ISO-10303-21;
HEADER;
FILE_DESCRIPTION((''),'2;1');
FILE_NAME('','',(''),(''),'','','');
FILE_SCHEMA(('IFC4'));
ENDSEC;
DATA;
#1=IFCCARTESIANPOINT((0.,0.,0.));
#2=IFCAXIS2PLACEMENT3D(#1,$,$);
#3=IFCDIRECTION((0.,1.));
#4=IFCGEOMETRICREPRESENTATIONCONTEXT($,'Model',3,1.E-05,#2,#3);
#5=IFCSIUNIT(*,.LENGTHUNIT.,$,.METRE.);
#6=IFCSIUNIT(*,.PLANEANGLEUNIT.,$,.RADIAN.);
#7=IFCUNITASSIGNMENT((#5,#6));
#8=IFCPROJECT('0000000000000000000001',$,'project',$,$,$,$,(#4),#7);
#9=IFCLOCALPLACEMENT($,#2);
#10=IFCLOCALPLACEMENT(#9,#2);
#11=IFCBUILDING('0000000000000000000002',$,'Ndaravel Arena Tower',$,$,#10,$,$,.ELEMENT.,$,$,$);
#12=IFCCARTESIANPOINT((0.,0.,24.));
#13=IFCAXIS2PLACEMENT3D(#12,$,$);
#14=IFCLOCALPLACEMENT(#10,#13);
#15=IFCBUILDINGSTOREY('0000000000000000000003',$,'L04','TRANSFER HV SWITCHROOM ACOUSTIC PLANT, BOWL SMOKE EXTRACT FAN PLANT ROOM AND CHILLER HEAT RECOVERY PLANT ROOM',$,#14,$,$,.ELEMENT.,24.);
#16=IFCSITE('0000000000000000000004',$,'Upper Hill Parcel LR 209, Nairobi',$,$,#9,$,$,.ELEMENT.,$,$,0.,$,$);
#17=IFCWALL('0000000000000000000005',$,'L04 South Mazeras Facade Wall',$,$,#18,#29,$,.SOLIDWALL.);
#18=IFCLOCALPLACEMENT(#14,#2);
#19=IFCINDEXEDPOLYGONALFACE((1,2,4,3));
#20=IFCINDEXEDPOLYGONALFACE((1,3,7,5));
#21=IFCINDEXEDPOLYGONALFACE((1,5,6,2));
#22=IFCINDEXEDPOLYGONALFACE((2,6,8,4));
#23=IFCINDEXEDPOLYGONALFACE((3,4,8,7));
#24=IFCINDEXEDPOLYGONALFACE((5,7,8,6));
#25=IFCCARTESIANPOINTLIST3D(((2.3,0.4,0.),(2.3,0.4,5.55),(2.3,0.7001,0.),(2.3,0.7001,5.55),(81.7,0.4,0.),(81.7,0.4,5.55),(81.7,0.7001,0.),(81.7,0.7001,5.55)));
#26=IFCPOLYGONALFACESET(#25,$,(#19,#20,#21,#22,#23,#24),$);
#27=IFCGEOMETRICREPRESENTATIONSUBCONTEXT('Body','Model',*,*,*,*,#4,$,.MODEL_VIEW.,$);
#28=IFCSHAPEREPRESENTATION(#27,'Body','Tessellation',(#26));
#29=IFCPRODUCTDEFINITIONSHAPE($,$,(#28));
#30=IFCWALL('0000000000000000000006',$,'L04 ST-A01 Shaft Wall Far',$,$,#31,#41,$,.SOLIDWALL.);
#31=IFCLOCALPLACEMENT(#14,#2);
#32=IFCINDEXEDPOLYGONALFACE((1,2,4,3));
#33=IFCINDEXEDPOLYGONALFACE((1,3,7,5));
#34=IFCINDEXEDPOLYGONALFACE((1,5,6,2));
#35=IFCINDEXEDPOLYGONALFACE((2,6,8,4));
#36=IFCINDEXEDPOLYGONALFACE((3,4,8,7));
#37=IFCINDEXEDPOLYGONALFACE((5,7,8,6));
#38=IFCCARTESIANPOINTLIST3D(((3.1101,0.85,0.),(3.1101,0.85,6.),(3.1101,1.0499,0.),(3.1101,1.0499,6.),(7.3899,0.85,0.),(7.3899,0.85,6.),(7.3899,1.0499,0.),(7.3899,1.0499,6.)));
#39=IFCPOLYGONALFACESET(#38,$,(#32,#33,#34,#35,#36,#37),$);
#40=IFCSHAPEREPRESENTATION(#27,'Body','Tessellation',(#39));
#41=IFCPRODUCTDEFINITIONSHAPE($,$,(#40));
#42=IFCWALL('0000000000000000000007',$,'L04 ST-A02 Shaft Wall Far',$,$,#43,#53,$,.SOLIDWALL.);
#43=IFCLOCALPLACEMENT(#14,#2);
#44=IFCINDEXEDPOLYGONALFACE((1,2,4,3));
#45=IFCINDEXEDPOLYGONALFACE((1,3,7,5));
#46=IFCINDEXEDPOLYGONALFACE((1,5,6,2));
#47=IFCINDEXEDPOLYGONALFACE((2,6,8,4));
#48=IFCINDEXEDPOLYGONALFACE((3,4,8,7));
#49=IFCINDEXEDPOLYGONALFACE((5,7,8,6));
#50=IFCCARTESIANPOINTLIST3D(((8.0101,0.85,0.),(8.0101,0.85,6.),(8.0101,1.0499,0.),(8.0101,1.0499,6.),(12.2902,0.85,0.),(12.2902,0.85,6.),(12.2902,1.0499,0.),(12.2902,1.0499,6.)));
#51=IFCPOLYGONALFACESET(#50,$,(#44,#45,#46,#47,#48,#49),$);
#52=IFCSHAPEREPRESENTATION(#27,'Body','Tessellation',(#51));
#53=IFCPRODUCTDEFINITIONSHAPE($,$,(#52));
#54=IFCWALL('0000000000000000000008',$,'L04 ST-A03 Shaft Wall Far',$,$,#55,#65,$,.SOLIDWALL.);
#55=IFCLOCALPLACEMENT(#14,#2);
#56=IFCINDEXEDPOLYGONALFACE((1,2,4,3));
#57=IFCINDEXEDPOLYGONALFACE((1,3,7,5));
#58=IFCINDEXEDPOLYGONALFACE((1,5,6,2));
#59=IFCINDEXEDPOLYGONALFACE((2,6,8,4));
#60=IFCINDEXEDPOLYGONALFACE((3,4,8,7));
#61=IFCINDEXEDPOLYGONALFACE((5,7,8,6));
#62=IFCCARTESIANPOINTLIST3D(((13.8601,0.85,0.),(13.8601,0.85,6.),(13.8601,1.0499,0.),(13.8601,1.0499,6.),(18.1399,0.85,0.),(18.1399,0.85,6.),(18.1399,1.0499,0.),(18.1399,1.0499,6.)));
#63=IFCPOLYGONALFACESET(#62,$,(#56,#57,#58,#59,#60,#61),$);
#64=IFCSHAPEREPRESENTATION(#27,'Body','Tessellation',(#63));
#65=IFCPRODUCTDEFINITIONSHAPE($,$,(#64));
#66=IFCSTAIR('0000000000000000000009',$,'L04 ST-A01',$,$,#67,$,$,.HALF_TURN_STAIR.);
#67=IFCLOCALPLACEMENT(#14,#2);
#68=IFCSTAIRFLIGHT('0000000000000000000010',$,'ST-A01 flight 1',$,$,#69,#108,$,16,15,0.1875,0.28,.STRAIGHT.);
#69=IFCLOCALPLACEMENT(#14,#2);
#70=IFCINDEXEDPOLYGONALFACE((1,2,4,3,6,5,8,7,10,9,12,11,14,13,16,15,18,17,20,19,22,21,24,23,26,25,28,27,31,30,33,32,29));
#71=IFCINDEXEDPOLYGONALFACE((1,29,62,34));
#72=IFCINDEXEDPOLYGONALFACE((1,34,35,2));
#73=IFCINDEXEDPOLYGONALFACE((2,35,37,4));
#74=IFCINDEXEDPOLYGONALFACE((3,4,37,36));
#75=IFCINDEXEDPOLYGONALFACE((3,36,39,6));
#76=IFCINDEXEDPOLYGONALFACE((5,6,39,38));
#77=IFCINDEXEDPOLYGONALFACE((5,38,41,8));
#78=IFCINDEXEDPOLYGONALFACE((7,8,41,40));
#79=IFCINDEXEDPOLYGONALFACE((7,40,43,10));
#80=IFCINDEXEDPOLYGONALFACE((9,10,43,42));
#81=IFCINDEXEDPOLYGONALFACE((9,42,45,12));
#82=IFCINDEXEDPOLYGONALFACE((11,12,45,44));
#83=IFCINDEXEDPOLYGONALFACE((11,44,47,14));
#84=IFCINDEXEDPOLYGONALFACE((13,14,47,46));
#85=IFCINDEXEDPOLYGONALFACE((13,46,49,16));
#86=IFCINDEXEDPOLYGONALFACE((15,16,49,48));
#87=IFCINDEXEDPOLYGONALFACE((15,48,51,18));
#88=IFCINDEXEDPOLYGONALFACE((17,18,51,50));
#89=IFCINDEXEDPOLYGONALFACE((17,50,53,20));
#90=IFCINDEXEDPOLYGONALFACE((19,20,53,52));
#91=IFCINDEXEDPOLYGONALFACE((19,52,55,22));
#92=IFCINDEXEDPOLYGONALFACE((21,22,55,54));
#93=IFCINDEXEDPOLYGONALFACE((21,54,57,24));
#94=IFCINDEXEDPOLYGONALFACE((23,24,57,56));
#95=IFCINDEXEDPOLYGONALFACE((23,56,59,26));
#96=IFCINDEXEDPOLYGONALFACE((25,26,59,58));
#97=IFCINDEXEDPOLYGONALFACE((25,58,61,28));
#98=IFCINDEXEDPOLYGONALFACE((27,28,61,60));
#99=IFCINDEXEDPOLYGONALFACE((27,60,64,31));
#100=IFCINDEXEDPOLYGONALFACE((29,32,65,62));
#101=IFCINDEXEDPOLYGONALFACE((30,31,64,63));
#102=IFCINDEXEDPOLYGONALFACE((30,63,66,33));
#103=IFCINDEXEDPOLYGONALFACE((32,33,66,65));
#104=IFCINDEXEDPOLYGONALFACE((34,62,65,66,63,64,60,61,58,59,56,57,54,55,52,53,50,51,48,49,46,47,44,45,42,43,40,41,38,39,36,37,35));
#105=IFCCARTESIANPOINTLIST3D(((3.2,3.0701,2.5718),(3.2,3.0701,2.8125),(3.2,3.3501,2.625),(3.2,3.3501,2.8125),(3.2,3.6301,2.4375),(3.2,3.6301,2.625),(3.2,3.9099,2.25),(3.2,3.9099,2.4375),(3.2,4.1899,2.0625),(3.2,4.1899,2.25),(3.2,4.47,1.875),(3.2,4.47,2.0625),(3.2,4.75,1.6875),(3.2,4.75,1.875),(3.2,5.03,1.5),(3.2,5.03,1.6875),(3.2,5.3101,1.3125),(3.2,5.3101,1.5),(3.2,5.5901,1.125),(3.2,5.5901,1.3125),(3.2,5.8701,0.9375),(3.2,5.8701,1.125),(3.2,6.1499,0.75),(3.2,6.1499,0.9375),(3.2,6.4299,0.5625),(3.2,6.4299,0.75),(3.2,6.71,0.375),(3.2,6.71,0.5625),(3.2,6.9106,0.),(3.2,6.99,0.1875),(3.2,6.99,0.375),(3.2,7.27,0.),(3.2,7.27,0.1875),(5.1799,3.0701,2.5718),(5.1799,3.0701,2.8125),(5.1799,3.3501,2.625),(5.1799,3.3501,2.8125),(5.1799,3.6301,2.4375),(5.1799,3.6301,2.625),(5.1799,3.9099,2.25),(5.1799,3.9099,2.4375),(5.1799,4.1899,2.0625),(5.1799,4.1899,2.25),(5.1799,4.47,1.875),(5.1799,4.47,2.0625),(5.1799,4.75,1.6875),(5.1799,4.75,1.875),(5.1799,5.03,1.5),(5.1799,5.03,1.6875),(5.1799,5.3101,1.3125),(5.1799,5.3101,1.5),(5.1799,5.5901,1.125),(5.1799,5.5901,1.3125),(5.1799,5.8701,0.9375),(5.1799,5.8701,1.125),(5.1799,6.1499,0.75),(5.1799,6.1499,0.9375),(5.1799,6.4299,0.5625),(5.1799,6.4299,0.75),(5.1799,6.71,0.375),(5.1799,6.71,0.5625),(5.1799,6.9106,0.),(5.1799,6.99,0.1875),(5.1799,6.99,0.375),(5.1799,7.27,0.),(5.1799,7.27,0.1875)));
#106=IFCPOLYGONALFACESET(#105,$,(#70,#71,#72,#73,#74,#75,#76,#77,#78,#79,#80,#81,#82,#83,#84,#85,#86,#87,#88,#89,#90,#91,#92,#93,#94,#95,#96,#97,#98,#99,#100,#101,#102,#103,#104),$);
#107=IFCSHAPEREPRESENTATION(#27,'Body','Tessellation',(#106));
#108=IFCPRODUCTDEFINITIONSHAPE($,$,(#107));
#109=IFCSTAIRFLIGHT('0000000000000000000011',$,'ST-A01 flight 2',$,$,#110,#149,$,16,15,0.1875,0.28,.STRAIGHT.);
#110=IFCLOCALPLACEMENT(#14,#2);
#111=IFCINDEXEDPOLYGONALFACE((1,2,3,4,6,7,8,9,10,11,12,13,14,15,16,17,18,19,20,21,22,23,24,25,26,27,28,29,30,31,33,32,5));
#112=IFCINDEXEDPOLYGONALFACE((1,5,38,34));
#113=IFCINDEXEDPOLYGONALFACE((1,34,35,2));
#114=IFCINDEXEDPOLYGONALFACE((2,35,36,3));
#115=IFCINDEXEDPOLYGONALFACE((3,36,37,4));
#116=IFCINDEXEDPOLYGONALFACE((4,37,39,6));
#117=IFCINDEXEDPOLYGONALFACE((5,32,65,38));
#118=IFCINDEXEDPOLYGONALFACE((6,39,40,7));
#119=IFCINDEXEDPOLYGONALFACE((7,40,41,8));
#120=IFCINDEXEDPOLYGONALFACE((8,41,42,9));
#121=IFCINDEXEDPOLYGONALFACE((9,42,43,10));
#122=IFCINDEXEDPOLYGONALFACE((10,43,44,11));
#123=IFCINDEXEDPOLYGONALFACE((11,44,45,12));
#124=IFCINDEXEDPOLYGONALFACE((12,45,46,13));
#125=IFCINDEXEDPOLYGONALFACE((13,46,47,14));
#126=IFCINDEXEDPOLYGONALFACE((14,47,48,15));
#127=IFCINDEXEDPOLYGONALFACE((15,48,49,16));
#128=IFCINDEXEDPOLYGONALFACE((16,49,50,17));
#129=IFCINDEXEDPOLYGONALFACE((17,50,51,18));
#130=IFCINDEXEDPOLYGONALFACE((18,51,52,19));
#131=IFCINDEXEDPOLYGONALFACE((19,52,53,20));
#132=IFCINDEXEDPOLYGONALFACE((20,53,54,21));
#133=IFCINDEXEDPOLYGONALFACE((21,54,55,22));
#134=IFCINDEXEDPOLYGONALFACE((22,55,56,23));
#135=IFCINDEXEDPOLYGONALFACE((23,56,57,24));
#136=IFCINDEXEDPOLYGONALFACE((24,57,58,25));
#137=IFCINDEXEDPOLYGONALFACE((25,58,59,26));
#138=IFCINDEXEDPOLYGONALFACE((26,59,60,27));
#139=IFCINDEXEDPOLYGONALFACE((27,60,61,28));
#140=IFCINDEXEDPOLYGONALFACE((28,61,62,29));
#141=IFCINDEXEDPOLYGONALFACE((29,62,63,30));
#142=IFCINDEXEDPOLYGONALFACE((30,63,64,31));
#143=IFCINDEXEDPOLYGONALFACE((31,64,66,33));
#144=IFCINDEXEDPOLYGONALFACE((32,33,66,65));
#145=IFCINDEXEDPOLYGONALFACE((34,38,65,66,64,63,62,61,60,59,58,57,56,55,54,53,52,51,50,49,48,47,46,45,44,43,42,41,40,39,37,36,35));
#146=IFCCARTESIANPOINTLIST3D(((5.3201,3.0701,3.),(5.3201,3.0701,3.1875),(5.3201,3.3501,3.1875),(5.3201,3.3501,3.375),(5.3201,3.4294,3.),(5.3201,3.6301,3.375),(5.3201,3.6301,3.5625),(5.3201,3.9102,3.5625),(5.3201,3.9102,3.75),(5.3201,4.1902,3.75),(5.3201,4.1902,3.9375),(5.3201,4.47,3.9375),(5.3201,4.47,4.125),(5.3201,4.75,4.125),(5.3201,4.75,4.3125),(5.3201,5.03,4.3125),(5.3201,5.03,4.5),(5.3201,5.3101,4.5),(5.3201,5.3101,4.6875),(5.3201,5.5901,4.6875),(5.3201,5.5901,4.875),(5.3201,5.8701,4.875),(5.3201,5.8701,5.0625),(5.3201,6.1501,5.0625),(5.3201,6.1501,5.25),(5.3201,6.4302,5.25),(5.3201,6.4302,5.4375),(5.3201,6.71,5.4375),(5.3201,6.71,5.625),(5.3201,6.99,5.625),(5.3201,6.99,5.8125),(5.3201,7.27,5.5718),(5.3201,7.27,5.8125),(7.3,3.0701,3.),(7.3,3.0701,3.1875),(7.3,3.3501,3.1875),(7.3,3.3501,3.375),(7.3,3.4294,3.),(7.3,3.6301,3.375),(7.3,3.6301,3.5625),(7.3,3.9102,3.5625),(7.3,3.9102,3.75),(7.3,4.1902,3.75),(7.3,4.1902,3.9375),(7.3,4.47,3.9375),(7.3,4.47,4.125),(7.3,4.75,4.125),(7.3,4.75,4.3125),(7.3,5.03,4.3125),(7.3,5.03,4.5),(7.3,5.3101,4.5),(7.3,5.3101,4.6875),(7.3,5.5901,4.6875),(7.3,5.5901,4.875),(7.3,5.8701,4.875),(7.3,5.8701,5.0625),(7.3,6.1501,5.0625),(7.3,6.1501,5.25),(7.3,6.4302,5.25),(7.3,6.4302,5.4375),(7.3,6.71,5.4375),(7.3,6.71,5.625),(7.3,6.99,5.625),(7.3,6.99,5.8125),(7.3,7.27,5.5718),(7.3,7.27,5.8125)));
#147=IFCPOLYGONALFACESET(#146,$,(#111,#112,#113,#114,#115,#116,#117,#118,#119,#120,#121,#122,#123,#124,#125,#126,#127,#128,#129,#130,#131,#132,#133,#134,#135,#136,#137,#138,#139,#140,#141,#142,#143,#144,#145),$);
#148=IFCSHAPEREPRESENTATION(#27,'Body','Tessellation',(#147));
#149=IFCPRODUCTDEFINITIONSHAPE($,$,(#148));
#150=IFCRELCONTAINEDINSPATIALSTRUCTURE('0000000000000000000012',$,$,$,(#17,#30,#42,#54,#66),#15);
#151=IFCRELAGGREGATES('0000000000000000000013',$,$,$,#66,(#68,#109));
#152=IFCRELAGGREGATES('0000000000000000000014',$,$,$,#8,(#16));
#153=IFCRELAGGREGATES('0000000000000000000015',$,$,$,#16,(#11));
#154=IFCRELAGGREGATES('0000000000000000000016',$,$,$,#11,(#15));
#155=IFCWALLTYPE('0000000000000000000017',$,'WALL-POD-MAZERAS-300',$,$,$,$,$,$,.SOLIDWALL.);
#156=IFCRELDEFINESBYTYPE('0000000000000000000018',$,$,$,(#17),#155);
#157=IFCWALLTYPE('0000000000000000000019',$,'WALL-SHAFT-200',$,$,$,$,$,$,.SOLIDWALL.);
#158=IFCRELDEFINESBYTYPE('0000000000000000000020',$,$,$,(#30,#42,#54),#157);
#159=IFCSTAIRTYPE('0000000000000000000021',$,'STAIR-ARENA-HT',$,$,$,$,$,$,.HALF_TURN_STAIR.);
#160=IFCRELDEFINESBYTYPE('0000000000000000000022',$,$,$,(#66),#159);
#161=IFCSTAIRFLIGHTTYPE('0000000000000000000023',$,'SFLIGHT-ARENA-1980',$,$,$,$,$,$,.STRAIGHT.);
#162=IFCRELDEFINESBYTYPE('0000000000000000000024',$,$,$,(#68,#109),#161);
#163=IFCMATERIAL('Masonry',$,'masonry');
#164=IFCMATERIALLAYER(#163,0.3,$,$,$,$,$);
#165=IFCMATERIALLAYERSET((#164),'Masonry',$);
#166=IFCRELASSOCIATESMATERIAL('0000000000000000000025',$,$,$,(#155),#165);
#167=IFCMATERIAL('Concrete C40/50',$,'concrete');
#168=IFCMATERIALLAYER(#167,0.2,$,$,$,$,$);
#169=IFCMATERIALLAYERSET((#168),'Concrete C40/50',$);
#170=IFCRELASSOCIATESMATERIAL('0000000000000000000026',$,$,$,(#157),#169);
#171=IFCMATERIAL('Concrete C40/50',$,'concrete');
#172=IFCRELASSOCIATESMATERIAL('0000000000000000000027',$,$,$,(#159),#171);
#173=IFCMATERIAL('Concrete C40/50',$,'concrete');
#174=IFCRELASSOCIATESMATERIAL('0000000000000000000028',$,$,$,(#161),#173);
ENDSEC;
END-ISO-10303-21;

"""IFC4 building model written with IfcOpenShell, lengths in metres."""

from ifc_helpers import new_model, si_unit, direction, frame, frame_2d, origin, place, context, subcontext, project, spatial, polyline, rectangle, outline, extrude, material, layer, layer_set, type_object, element, aggregate, save


model = new_model("IFC4")

# Units and contexts
model_context = context("Model", 3, precision=1e-05, world=origin(), true_north=direction((0.0, 1.0)))
body_context = subcontext(model_context, "Body", "Model", "MODEL_VIEW")
ifc_project = project(units=[si_unit("LENGTHUNIT", "METRE"), si_unit("PLANEANGLEUNIT", "RADIAN")], contexts=[model_context])

# Site, building, storey
site_placement = place(None, origin())
site = spatial("IfcSite", under=ifc_project, at=site_placement, Name="Upper Hill Parcel LR 209, Nairobi", CompositionType="ELEMENT", RefElevation=0.0)
building_placement = place(site_placement, origin())
building = spatial("IfcBuilding", under=site, at=building_placement, Name="Ndaravel Arena Tower", CompositionType="ELEMENT")
storey_placement = place(building_placement, frame((0.0, 0.0, 24.0)))
storey = spatial("IfcBuildingStorey", under=building, at=storey_placement, Name="L04", Description="TRANSFER HV SWITCHROOM ACOUSTIC PLANT, BOWL SMOKE EXTRACT FAN PLANT ROOM AND CHILLER HEAT RECOVERY PLANT ROOM", CompositionType="ELEMENT", Elevation=24.0)

# Walls
ifc_material_1 = material(Name="Masonry", Category="masonry")
ifc_layer_1 = layer(ifc_material_1, 0.3)
ifc_layer_set_1 = layer_set([ifc_layer_1], Name="Masonry")
wall_type_1 = type_object("IfcWallType", Name="WALL-POD-MAZERAS-300", PredefinedType="SOLIDWALL", material=ifc_layer_set_1)
wall_1_placement = place(storey_placement, frame((2.3, 0.55, 0.0), z_axis=(0.0, 0.0, 1.0), x_axis=(1.0, 0.0, 0.0)))
element("IfcWall", 1, at=wall_1_placement, inside=storey, type_object=wall_type_1, Name="L04 South Mazeras Facade Wall", PredefinedType="SOLIDWALL", context=body_context, shape_type="SweptSolid", body=[
    extrude(rectangle(XDim=79.3999, YDim=0.3, at=frame_2d((39.7, 0.0))), origin(), (0.0, 0.0, 1.0), 5.55),
])
ifc_material_2 = material(Name="Concrete C40/50", Category="concrete")
ifc_layer_2 = layer(ifc_material_2, 0.2)
ifc_layer_set_2 = layer_set([ifc_layer_2], Name="Concrete C40/50")
wall_type_2 = type_object("IfcWallType", Name="WALL-SHAFT-200", PredefinedType="SOLIDWALL", material=ifc_layer_set_2)
wall_2_placement = place(storey_placement, frame((3.1101, 0.95, 0.0), z_axis=(0.0, 0.0, 1.0), x_axis=(1.0, 0.0, 0.0)))
element("IfcWall", 2, at=wall_2_placement, inside=storey, type_object=wall_type_2, Name="L04 ST-A01 Shaft Wall Far", PredefinedType="SOLIDWALL", context=body_context, shape_type="SweptSolid", body=[
    extrude(rectangle(XDim=4.2798, YDim=0.2, at=frame_2d((2.1399, 0.0))), origin(), (0.0, 0.0, 1.0), 6.0),
])
wall_3_placement = place(storey_placement, frame((8.01, 0.95, 0.0), z_axis=(0.0, 0.0, 1.0), x_axis=(1.0, 0.0, 0.0)))
element("IfcWall", 3, at=wall_3_placement, inside=storey, type_object=wall_type_2, Name="L04 ST-A02 Shaft Wall Far", PredefinedType="SOLIDWALL", context=body_context, shape_type="SweptSolid", body=[
    extrude(rectangle(XDim=4.28, YDim=0.2, at=frame_2d((2.1401, 0.0))), origin(), (0.0, 0.0, 1.0), 6.0),
])
wall_4_placement = place(storey_placement, frame((13.8601, 0.95, 0.0), z_axis=(0.0, 0.0, 1.0), x_axis=(1.0, 0.0, 0.0)))
element("IfcWall", 4, at=wall_4_placement, inside=storey, type_object=wall_type_2, Name="L04 ST-A03 Shaft Wall Far", PredefinedType="SOLIDWALL", context=body_context, shape_type="SweptSolid", body=[
    extrude(rectangle(XDim=4.2798, YDim=0.2, at=frame_2d((2.1399, 0.0))), origin(), (0.0, 0.0, 1.0), 6.0),
])

# Stair, stair flights
ifc_material_3 = material(Name="Concrete C40/50", Category="concrete")
stair_type = type_object("IfcStairType", Name="STAIR-ARENA-HT", PredefinedType="HALF_TURN_STAIR", material=ifc_material_3)
stair_1_placement = place(storey_placement, origin())
stair_1 = element("IfcStair", 5, at=stair_1_placement, inside=storey, type_object=stair_type, Name="L04 ST-A01", PredefinedType="HALF_TURN_STAIR")
ifc_material_4 = material(Name="Concrete C40/50", Category="concrete")
stair_flight_type = type_object("IfcStairFlightType", Name="SFLIGHT-ARENA-1980", PredefinedType="STRAIGHT", material=ifc_material_4)
stair_flight_1_placement = place(storey_placement, frame((4.1899, 7.27, 0.0), z_axis=(0.0, 0.0, 1.0), x_axis=(0.0, -1.0, 0.0)))
stair_flight_1 = element("IfcStairFlight", 6, at=stair_flight_1_placement, type_object=stair_flight_type, Name="ST-A01 flight 1", NumberOfRisers=16, NumberOfTreads=15, PredefinedType="STRAIGHT", RiserHeight=0.1875, TreadLength=0.28, context=body_context, shape_type="SweptSolid", body=[
    extrude(outline(polyline([(0.0, 0.0), (0.0, 0.1875), (0.28, 0.1875), (0.28, 0.375), (0.5601, 0.375), (0.5601, 0.5625), (0.8401, 0.5625), (0.8401, 0.75), (1.1201, 0.75), (1.1201, 0.9375), (1.3999, 0.9375), (1.3999, 1.125), (1.6799, 1.125), (1.6799, 1.3125), (1.96, 1.3125), (1.96, 1.5), (2.24, 1.5), (2.24, 1.6875), (2.52, 1.6875), (2.52, 1.875), (2.8, 1.875), (2.8, 2.0625), (3.0801, 2.0625), (3.0801, 2.25), (3.3601, 2.25), (3.3601, 2.4375), (3.6399, 2.4375), (3.6399, 2.625), (3.9199, 2.625), (3.9199, 2.8125), (4.2, 2.8125), (4.2, 3.0), (4.2, 2.5718), (0.3594, 0.0), (0.0, 0.0)])), frame((0.0, 0.99, 0.0), z_axis=(0.0, -1.0, 0.0), x_axis=(1.0, 0.0, 0.0)), (0.0, 0.0, 1.0), 1.98),
])
stair_flight_2_placement = place(storey_placement, frame((6.3101, 3.0701, 3.0), z_axis=(0.0, 0.0, 1.0), x_axis=(0.0, 1.0, 0.0)))
stair_flight_2 = element("IfcStairFlight", 7, at=stair_flight_2_placement, type_object=stair_flight_type, Name="ST-A01 flight 2", NumberOfRisers=16, NumberOfTreads=15, PredefinedType="STRAIGHT", RiserHeight=0.1875, TreadLength=0.28, context=body_context, shape_type="SweptSolid", body=[
    extrude(outline(polyline([(0.0, 0.0), (0.0, 0.1875), (0.28, 0.1875), (0.28, 0.375), (0.5601, 0.375), (0.5601, 0.5625), (0.8401, 0.5625), (0.8401, 0.75), (1.1201, 0.75), (1.1201, 0.9375), (1.3999, 0.9375), (1.3999, 1.125), (1.6799, 1.125), (1.6799, 1.3125), (1.96, 1.3125), (1.96, 1.5), (2.24, 1.5), (2.24, 1.6875), (2.52, 1.6875), (2.52, 1.875), (2.8, 1.875), (2.8, 2.0625), (3.0801, 2.0625), (3.0801, 2.25), (3.3601, 2.25), (3.3601, 2.4375), (3.6399, 2.4375), (3.6399, 2.625), (3.9199, 2.625), (3.9199, 2.8125), (4.2, 2.8125), (4.2, 3.0), (4.2, 2.5718), (0.3594, 0.0), (0.0, 0.0)])), frame((0.0, 0.99, 0.0), z_axis=(0.0, -1.0, 0.0), x_axis=(1.0, 0.0, 0.0)), (0.0, 0.0, 1.0), 1.98),
])
aggregate(stair_1, [stair_flight_1, stair_flight_2])

save(model, "model.ifc")
